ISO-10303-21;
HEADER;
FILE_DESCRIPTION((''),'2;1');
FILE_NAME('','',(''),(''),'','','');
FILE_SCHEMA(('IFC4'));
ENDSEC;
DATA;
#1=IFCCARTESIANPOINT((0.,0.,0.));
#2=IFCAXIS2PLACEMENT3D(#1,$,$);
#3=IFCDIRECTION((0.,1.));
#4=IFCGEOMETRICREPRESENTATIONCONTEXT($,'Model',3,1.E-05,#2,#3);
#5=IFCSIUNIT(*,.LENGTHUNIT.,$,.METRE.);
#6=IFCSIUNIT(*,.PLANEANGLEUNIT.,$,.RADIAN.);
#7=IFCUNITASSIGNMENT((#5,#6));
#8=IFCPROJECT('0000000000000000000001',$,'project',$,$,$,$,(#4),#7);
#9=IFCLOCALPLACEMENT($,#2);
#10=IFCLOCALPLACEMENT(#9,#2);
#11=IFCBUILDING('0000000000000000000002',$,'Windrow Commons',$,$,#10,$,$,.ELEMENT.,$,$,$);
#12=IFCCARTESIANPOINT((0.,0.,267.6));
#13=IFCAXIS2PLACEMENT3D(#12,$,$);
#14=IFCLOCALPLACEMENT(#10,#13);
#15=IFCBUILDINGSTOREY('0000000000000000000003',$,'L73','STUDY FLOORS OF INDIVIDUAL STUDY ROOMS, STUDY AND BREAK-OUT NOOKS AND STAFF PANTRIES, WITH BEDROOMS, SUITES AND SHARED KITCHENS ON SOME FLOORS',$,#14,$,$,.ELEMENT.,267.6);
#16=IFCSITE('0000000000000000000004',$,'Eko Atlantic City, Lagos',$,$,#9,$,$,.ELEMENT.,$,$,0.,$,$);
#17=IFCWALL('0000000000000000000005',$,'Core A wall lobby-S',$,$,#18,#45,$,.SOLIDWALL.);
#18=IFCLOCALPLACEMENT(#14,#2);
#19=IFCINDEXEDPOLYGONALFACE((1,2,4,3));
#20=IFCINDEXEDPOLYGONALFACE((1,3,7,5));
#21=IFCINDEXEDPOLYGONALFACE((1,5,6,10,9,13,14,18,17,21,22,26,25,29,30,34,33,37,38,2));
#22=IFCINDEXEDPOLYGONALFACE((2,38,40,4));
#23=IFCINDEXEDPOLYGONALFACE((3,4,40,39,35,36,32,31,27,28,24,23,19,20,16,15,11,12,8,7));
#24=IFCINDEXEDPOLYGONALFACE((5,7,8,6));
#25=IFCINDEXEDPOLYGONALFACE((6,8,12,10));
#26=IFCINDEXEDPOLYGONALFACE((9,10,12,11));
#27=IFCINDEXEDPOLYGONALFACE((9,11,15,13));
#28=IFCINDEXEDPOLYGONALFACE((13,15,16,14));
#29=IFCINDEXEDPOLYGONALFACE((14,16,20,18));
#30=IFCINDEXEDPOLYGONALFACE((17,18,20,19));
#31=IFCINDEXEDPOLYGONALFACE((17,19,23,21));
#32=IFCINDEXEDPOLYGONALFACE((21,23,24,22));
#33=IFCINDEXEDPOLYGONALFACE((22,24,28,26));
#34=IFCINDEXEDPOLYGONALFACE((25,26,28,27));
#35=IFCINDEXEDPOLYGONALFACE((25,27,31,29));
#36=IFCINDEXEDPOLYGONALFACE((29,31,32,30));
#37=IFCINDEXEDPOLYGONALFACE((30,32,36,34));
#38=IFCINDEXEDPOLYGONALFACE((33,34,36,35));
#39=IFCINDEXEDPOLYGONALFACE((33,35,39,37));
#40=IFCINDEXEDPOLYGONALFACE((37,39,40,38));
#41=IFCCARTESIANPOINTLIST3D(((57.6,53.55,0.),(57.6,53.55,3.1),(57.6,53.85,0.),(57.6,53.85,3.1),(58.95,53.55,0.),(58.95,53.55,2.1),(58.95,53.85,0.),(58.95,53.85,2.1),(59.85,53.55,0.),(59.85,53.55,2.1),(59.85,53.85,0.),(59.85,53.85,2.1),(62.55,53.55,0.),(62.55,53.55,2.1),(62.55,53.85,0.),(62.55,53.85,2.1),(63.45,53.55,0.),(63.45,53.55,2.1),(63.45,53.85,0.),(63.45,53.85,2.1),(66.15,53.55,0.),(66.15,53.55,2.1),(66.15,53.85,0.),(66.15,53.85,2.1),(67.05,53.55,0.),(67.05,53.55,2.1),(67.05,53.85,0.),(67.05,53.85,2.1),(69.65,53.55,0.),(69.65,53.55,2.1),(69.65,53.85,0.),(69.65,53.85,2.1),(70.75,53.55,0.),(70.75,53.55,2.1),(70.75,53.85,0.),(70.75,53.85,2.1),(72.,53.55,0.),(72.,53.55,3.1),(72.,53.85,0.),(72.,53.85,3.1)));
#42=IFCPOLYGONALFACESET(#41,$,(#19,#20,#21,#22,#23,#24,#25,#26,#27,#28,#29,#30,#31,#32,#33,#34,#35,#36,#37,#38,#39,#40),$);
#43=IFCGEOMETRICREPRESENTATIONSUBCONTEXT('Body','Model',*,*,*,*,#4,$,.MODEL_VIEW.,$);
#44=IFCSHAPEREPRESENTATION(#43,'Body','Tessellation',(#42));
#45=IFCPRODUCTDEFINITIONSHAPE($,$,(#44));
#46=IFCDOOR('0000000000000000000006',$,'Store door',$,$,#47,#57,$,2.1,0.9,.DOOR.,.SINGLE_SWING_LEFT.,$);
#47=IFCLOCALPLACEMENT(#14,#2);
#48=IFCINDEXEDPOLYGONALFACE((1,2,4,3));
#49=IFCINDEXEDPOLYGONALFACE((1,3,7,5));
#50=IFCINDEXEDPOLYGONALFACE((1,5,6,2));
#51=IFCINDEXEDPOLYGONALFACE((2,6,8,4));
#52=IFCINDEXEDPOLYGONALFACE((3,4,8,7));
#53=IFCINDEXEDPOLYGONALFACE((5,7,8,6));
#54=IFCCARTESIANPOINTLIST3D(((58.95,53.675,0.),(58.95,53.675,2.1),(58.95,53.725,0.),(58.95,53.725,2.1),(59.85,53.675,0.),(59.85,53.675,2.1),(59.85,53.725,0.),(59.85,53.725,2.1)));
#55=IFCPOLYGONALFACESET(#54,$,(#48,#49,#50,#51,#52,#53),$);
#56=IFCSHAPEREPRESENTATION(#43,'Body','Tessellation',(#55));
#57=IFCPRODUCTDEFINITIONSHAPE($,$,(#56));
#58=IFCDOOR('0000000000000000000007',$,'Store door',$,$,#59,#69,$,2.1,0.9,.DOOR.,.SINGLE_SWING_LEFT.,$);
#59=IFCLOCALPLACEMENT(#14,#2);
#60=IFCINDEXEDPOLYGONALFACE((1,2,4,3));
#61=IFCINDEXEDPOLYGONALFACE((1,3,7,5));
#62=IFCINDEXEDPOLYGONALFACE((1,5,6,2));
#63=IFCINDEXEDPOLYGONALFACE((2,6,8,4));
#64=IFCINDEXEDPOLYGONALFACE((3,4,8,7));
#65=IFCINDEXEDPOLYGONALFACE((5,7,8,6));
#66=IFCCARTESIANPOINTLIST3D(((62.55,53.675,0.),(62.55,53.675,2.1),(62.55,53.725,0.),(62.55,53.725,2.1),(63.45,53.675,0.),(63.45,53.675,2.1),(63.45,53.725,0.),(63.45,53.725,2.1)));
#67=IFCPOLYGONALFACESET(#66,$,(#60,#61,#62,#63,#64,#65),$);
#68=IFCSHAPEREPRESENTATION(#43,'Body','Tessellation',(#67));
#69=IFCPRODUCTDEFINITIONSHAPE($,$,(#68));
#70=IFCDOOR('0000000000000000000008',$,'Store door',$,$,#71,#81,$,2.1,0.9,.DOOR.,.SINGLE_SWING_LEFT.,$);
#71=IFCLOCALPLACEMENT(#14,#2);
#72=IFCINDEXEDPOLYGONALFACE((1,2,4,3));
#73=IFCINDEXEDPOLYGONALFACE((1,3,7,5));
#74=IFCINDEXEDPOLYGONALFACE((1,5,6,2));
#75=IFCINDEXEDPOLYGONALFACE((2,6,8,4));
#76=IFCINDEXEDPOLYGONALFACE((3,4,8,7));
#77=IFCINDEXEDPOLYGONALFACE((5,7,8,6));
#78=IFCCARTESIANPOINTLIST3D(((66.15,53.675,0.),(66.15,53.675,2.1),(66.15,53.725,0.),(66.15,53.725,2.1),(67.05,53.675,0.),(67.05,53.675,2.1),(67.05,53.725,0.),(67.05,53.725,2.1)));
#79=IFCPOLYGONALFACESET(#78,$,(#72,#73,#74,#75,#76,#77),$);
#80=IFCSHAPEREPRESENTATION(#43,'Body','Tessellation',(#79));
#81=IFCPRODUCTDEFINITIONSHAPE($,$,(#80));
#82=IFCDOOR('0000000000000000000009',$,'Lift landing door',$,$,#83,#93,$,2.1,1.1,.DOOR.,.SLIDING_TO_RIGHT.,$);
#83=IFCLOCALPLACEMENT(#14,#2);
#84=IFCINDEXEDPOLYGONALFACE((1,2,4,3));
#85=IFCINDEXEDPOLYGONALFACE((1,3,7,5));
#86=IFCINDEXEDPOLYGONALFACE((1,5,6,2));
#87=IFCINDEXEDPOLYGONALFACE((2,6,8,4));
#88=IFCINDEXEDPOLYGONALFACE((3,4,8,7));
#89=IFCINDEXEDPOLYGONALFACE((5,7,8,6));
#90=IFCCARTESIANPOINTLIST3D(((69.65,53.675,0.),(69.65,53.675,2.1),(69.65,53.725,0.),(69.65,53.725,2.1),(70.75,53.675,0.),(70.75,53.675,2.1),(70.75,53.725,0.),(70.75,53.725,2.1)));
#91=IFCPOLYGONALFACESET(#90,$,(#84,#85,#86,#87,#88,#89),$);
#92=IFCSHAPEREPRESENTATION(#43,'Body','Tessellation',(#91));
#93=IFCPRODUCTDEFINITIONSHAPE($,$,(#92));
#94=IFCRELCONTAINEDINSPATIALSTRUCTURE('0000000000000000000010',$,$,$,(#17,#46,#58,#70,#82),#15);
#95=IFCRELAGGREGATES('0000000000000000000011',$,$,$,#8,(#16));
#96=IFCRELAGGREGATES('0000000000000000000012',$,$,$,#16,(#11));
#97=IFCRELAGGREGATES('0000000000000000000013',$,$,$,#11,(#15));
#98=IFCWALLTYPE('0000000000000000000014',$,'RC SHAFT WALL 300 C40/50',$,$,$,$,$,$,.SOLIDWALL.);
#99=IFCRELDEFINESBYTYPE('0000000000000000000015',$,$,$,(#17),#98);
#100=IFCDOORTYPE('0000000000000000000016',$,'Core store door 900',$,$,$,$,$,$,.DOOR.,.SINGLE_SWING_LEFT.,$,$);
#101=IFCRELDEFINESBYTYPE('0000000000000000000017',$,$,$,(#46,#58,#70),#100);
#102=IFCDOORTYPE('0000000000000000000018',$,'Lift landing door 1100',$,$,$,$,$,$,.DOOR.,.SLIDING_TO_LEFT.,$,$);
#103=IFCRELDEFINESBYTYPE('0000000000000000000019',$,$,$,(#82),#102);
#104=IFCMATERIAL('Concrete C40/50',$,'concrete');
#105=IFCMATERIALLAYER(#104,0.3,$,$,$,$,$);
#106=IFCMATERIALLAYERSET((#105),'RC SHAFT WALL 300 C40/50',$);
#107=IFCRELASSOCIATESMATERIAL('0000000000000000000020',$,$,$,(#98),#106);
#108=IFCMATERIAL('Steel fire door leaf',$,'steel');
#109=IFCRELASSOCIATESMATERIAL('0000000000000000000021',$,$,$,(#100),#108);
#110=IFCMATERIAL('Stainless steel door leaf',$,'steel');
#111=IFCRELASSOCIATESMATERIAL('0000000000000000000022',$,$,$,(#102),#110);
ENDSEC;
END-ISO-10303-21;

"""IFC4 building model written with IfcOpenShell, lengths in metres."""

from ifc_helpers import new_model, si_unit, direction, frame, frame_2d, origin, place, context, subcontext, project, spatial, rectangle, extrude, material, layer, layer_set, type_object, element, fill, save


model = new_model("IFC4")

# Units and contexts
model_context = context("Model", 3, precision=1e-05, world=origin(), true_north=direction((0.0, 1.0)))
body_context = subcontext(model_context, "Body", "Model", "MODEL_VIEW")
ifc_project = project(units=[si_unit("LENGTHUNIT", "METRE"), si_unit("PLANEANGLEUNIT", "RADIAN")], contexts=[model_context])

# Site, building, storey
site_placement = place(None, origin())
site = spatial("IfcSite", under=ifc_project, at=site_placement, Name="Eko Atlantic City, Lagos", CompositionType="ELEMENT", RefElevation=0.0)
building_placement = place(site_placement, origin())
building = spatial("IfcBuilding", under=site, at=building_placement, Name="Windrow Commons", CompositionType="ELEMENT")
storey_placement = place(building_placement, frame((0.0, 0.0, 267.6)))
storey = spatial("IfcBuildingStorey", under=building, at=storey_placement, Name="L73", Description="STUDY FLOORS OF INDIVIDUAL STUDY ROOMS, STUDY AND BREAK-OUT NOOKS AND STAFF PANTRIES, WITH BEDROOMS, SUITES AND SHARED KITCHENS ON SOME FLOORS", CompositionType="ELEMENT", Elevation=267.6)

# Wall, openings, doors
ifc_material_1 = material(Name="Concrete C40/50", Category="concrete")
ifc_layer_1 = layer(ifc_material_1, 0.3)
ifc_layer_set_1 = layer_set([ifc_layer_1], Name="RC SHAFT WALL 300 C40/50")
wall_type_1 = type_object("IfcWallType", Name="RC SHAFT WALL 300 C40/50", PredefinedType="SOLIDWALL", material=ifc_layer_set_1)
wall_1_placement = place(storey_placement, frame((57.6, 53.7, 0.0), z_axis=(0.0, 0.0, 1.0), x_axis=(1.0, 0.0, 0.0)))
wall_1 = element("IfcWall", 1, at=wall_1_placement, inside=storey, type_object=wall_type_1, Name="Core A wall lobby-S", PredefinedType="SOLIDWALL", context=body_context, shape_type="SweptSolid", body=[
    extrude(rectangle(XDim=14.4, YDim=0.3, at=frame_2d((7.2, 0.0))), origin(), (0.0, 0.0, 1.0), 3.1),
])
opening_1_placement = place(wall_1_placement, frame((1.35, 0.0, 0.0)))
opening_1 = element("IfcOpeningElement", 2, at=opening_1_placement, cuts=wall_1, PredefinedType="OPENING", context=body_context, shape_type="SweptSolid", body=[
    extrude(rectangle(XDim=0.9, YDim=2.1, at=frame_2d((0.45, 1.05))), frame((0.0, 0.16, 0.0), z_axis=(0.0, -1.0, 0.0), x_axis=(1.0, 0.0, 0.0)), (0.0, 0.0, 1.0), 0.32),
])
opening_2_placement = place(wall_1_placement, frame((4.95, 0.0, 0.0)))
opening_2 = element("IfcOpeningElement", 3, at=opening_2_placement, cuts=wall_1, PredefinedType="OPENING", context=body_context, shape_type="SweptSolid", body=[
    extrude(rectangle(XDim=0.9, YDim=2.1, at=frame_2d((0.45, 1.05))), frame((0.0, 0.16, 0.0), z_axis=(0.0, -1.0, 0.0), x_axis=(1.0, 0.0, 0.0)), (0.0, 0.0, 1.0), 0.32),
])
opening_3_placement = place(wall_1_placement, frame((8.55, 0.0, 0.0)))
opening_3 = element("IfcOpeningElement", 4, at=opening_3_placement, cuts=wall_1, PredefinedType="OPENING", context=body_context, shape_type="SweptSolid", body=[
    extrude(rectangle(XDim=0.9, YDim=2.1, at=frame_2d((0.45, 1.05))), frame((0.0, 0.16, 0.0), z_axis=(0.0, -1.0, 0.0), x_axis=(1.0, 0.0, 0.0)), (0.0, 0.0, 1.0), 0.32),
])
opening_4_placement = place(wall_1_placement, frame((12.05, 0.0, 0.0)))
opening_4 = element("IfcOpeningElement", 5, at=opening_4_placement, cuts=wall_1, PredefinedType="OPENING", context=body_context, shape_type="SweptSolid", body=[
    extrude(rectangle(XDim=1.1, YDim=2.1, at=frame_2d((0.55, 1.05))), frame((0.0, 0.16, 0.0), z_axis=(0.0, -1.0, 0.0), x_axis=(1.0, 0.0, 0.0)), (0.0, 0.0, 1.0), 0.32),
])
ifc_material_2 = material(Name="Steel fire door leaf", Category="steel")
door_type_1 = type_object("IfcDoorType", Name="Core store door 900", OperationType="SINGLE_SWING_LEFT", PredefinedType="DOOR", material=ifc_material_2)
door_1_placement = place(opening_1_placement, origin())
door_1 = element("IfcDoor", 6, at=door_1_placement, inside=storey, type_object=door_type_1, Name="Store door", OperationType="SINGLE_SWING_LEFT", OverallHeight=2.1, OverallWidth=0.9, PredefinedType="DOOR", context=body_context, shape_type="SweptSolid", body=[
    extrude(rectangle(XDim=0.9, YDim=2.1, at=frame_2d((0.45, 1.05))), frame((0.0, 0.025, 0.0), z_axis=(0.0, -1.0, 0.0), x_axis=(1.0, 0.0, 0.0)), (0.0, 0.0, 1.0), 0.05),
])
fill(opening_1, door_1)
door_2_placement = place(opening_2_placement, origin())
door_2 = element("IfcDoor", 7, at=door_2_placement, inside=storey, type_object=door_type_1, Name="Store door", OperationType="SINGLE_SWING_LEFT", OverallHeight=2.1, OverallWidth=0.9, PredefinedType="DOOR", context=body_context, shape_type="SweptSolid", body=[
    extrude(rectangle(XDim=0.9, YDim=2.1, at=frame_2d((0.45, 1.05))), frame((0.0, 0.025, 0.0), z_axis=(0.0, -1.0, 0.0), x_axis=(1.0, 0.0, 0.0)), (0.0, 0.0, 1.0), 0.05),
])
fill(opening_2, door_2)
door_3_placement = place(opening_3_placement, origin())
door_3 = element("IfcDoor", 8, at=door_3_placement, inside=storey, type_object=door_type_1, Name="Store door", OperationType="SINGLE_SWING_LEFT", OverallHeight=2.1, OverallWidth=0.9, PredefinedType="DOOR", context=body_context, shape_type="SweptSolid", body=[
    extrude(rectangle(XDim=0.9, YDim=2.1, at=frame_2d((0.45, 1.05))), frame((0.0, 0.025, 0.0), z_axis=(0.0, -1.0, 0.0), x_axis=(1.0, 0.0, 0.0)), (0.0, 0.0, 1.0), 0.05),
])
fill(opening_3, door_3)
ifc_material_3 = material(Name="Stainless steel door leaf", Category="steel")
door_type_2 = type_object("IfcDoorType", Name="Lift landing door 1100", OperationType="SLIDING_TO_LEFT", PredefinedType="DOOR", material=ifc_material_3)
door_4_placement = place(opening_4_placement, origin())
door_4 = element("IfcDoor", 9, at=door_4_placement, inside=storey, type_object=door_type_2, Name="Lift landing door", OperationType="SLIDING_TO_RIGHT", OverallHeight=2.1, OverallWidth=1.1, PredefinedType="DOOR", context=body_context, shape_type="SweptSolid", body=[
    extrude(rectangle(XDim=1.1, YDim=2.1, at=frame_2d((0.55, 1.05))), frame((0.0, 0.025, 0.0), z_axis=(0.0, -1.0, 0.0), x_axis=(1.0, 0.0, 0.0)), (0.0, 0.0, 1.0), 0.05),
])
fill(opening_4, door_4)

save(model, "model.ifc")
